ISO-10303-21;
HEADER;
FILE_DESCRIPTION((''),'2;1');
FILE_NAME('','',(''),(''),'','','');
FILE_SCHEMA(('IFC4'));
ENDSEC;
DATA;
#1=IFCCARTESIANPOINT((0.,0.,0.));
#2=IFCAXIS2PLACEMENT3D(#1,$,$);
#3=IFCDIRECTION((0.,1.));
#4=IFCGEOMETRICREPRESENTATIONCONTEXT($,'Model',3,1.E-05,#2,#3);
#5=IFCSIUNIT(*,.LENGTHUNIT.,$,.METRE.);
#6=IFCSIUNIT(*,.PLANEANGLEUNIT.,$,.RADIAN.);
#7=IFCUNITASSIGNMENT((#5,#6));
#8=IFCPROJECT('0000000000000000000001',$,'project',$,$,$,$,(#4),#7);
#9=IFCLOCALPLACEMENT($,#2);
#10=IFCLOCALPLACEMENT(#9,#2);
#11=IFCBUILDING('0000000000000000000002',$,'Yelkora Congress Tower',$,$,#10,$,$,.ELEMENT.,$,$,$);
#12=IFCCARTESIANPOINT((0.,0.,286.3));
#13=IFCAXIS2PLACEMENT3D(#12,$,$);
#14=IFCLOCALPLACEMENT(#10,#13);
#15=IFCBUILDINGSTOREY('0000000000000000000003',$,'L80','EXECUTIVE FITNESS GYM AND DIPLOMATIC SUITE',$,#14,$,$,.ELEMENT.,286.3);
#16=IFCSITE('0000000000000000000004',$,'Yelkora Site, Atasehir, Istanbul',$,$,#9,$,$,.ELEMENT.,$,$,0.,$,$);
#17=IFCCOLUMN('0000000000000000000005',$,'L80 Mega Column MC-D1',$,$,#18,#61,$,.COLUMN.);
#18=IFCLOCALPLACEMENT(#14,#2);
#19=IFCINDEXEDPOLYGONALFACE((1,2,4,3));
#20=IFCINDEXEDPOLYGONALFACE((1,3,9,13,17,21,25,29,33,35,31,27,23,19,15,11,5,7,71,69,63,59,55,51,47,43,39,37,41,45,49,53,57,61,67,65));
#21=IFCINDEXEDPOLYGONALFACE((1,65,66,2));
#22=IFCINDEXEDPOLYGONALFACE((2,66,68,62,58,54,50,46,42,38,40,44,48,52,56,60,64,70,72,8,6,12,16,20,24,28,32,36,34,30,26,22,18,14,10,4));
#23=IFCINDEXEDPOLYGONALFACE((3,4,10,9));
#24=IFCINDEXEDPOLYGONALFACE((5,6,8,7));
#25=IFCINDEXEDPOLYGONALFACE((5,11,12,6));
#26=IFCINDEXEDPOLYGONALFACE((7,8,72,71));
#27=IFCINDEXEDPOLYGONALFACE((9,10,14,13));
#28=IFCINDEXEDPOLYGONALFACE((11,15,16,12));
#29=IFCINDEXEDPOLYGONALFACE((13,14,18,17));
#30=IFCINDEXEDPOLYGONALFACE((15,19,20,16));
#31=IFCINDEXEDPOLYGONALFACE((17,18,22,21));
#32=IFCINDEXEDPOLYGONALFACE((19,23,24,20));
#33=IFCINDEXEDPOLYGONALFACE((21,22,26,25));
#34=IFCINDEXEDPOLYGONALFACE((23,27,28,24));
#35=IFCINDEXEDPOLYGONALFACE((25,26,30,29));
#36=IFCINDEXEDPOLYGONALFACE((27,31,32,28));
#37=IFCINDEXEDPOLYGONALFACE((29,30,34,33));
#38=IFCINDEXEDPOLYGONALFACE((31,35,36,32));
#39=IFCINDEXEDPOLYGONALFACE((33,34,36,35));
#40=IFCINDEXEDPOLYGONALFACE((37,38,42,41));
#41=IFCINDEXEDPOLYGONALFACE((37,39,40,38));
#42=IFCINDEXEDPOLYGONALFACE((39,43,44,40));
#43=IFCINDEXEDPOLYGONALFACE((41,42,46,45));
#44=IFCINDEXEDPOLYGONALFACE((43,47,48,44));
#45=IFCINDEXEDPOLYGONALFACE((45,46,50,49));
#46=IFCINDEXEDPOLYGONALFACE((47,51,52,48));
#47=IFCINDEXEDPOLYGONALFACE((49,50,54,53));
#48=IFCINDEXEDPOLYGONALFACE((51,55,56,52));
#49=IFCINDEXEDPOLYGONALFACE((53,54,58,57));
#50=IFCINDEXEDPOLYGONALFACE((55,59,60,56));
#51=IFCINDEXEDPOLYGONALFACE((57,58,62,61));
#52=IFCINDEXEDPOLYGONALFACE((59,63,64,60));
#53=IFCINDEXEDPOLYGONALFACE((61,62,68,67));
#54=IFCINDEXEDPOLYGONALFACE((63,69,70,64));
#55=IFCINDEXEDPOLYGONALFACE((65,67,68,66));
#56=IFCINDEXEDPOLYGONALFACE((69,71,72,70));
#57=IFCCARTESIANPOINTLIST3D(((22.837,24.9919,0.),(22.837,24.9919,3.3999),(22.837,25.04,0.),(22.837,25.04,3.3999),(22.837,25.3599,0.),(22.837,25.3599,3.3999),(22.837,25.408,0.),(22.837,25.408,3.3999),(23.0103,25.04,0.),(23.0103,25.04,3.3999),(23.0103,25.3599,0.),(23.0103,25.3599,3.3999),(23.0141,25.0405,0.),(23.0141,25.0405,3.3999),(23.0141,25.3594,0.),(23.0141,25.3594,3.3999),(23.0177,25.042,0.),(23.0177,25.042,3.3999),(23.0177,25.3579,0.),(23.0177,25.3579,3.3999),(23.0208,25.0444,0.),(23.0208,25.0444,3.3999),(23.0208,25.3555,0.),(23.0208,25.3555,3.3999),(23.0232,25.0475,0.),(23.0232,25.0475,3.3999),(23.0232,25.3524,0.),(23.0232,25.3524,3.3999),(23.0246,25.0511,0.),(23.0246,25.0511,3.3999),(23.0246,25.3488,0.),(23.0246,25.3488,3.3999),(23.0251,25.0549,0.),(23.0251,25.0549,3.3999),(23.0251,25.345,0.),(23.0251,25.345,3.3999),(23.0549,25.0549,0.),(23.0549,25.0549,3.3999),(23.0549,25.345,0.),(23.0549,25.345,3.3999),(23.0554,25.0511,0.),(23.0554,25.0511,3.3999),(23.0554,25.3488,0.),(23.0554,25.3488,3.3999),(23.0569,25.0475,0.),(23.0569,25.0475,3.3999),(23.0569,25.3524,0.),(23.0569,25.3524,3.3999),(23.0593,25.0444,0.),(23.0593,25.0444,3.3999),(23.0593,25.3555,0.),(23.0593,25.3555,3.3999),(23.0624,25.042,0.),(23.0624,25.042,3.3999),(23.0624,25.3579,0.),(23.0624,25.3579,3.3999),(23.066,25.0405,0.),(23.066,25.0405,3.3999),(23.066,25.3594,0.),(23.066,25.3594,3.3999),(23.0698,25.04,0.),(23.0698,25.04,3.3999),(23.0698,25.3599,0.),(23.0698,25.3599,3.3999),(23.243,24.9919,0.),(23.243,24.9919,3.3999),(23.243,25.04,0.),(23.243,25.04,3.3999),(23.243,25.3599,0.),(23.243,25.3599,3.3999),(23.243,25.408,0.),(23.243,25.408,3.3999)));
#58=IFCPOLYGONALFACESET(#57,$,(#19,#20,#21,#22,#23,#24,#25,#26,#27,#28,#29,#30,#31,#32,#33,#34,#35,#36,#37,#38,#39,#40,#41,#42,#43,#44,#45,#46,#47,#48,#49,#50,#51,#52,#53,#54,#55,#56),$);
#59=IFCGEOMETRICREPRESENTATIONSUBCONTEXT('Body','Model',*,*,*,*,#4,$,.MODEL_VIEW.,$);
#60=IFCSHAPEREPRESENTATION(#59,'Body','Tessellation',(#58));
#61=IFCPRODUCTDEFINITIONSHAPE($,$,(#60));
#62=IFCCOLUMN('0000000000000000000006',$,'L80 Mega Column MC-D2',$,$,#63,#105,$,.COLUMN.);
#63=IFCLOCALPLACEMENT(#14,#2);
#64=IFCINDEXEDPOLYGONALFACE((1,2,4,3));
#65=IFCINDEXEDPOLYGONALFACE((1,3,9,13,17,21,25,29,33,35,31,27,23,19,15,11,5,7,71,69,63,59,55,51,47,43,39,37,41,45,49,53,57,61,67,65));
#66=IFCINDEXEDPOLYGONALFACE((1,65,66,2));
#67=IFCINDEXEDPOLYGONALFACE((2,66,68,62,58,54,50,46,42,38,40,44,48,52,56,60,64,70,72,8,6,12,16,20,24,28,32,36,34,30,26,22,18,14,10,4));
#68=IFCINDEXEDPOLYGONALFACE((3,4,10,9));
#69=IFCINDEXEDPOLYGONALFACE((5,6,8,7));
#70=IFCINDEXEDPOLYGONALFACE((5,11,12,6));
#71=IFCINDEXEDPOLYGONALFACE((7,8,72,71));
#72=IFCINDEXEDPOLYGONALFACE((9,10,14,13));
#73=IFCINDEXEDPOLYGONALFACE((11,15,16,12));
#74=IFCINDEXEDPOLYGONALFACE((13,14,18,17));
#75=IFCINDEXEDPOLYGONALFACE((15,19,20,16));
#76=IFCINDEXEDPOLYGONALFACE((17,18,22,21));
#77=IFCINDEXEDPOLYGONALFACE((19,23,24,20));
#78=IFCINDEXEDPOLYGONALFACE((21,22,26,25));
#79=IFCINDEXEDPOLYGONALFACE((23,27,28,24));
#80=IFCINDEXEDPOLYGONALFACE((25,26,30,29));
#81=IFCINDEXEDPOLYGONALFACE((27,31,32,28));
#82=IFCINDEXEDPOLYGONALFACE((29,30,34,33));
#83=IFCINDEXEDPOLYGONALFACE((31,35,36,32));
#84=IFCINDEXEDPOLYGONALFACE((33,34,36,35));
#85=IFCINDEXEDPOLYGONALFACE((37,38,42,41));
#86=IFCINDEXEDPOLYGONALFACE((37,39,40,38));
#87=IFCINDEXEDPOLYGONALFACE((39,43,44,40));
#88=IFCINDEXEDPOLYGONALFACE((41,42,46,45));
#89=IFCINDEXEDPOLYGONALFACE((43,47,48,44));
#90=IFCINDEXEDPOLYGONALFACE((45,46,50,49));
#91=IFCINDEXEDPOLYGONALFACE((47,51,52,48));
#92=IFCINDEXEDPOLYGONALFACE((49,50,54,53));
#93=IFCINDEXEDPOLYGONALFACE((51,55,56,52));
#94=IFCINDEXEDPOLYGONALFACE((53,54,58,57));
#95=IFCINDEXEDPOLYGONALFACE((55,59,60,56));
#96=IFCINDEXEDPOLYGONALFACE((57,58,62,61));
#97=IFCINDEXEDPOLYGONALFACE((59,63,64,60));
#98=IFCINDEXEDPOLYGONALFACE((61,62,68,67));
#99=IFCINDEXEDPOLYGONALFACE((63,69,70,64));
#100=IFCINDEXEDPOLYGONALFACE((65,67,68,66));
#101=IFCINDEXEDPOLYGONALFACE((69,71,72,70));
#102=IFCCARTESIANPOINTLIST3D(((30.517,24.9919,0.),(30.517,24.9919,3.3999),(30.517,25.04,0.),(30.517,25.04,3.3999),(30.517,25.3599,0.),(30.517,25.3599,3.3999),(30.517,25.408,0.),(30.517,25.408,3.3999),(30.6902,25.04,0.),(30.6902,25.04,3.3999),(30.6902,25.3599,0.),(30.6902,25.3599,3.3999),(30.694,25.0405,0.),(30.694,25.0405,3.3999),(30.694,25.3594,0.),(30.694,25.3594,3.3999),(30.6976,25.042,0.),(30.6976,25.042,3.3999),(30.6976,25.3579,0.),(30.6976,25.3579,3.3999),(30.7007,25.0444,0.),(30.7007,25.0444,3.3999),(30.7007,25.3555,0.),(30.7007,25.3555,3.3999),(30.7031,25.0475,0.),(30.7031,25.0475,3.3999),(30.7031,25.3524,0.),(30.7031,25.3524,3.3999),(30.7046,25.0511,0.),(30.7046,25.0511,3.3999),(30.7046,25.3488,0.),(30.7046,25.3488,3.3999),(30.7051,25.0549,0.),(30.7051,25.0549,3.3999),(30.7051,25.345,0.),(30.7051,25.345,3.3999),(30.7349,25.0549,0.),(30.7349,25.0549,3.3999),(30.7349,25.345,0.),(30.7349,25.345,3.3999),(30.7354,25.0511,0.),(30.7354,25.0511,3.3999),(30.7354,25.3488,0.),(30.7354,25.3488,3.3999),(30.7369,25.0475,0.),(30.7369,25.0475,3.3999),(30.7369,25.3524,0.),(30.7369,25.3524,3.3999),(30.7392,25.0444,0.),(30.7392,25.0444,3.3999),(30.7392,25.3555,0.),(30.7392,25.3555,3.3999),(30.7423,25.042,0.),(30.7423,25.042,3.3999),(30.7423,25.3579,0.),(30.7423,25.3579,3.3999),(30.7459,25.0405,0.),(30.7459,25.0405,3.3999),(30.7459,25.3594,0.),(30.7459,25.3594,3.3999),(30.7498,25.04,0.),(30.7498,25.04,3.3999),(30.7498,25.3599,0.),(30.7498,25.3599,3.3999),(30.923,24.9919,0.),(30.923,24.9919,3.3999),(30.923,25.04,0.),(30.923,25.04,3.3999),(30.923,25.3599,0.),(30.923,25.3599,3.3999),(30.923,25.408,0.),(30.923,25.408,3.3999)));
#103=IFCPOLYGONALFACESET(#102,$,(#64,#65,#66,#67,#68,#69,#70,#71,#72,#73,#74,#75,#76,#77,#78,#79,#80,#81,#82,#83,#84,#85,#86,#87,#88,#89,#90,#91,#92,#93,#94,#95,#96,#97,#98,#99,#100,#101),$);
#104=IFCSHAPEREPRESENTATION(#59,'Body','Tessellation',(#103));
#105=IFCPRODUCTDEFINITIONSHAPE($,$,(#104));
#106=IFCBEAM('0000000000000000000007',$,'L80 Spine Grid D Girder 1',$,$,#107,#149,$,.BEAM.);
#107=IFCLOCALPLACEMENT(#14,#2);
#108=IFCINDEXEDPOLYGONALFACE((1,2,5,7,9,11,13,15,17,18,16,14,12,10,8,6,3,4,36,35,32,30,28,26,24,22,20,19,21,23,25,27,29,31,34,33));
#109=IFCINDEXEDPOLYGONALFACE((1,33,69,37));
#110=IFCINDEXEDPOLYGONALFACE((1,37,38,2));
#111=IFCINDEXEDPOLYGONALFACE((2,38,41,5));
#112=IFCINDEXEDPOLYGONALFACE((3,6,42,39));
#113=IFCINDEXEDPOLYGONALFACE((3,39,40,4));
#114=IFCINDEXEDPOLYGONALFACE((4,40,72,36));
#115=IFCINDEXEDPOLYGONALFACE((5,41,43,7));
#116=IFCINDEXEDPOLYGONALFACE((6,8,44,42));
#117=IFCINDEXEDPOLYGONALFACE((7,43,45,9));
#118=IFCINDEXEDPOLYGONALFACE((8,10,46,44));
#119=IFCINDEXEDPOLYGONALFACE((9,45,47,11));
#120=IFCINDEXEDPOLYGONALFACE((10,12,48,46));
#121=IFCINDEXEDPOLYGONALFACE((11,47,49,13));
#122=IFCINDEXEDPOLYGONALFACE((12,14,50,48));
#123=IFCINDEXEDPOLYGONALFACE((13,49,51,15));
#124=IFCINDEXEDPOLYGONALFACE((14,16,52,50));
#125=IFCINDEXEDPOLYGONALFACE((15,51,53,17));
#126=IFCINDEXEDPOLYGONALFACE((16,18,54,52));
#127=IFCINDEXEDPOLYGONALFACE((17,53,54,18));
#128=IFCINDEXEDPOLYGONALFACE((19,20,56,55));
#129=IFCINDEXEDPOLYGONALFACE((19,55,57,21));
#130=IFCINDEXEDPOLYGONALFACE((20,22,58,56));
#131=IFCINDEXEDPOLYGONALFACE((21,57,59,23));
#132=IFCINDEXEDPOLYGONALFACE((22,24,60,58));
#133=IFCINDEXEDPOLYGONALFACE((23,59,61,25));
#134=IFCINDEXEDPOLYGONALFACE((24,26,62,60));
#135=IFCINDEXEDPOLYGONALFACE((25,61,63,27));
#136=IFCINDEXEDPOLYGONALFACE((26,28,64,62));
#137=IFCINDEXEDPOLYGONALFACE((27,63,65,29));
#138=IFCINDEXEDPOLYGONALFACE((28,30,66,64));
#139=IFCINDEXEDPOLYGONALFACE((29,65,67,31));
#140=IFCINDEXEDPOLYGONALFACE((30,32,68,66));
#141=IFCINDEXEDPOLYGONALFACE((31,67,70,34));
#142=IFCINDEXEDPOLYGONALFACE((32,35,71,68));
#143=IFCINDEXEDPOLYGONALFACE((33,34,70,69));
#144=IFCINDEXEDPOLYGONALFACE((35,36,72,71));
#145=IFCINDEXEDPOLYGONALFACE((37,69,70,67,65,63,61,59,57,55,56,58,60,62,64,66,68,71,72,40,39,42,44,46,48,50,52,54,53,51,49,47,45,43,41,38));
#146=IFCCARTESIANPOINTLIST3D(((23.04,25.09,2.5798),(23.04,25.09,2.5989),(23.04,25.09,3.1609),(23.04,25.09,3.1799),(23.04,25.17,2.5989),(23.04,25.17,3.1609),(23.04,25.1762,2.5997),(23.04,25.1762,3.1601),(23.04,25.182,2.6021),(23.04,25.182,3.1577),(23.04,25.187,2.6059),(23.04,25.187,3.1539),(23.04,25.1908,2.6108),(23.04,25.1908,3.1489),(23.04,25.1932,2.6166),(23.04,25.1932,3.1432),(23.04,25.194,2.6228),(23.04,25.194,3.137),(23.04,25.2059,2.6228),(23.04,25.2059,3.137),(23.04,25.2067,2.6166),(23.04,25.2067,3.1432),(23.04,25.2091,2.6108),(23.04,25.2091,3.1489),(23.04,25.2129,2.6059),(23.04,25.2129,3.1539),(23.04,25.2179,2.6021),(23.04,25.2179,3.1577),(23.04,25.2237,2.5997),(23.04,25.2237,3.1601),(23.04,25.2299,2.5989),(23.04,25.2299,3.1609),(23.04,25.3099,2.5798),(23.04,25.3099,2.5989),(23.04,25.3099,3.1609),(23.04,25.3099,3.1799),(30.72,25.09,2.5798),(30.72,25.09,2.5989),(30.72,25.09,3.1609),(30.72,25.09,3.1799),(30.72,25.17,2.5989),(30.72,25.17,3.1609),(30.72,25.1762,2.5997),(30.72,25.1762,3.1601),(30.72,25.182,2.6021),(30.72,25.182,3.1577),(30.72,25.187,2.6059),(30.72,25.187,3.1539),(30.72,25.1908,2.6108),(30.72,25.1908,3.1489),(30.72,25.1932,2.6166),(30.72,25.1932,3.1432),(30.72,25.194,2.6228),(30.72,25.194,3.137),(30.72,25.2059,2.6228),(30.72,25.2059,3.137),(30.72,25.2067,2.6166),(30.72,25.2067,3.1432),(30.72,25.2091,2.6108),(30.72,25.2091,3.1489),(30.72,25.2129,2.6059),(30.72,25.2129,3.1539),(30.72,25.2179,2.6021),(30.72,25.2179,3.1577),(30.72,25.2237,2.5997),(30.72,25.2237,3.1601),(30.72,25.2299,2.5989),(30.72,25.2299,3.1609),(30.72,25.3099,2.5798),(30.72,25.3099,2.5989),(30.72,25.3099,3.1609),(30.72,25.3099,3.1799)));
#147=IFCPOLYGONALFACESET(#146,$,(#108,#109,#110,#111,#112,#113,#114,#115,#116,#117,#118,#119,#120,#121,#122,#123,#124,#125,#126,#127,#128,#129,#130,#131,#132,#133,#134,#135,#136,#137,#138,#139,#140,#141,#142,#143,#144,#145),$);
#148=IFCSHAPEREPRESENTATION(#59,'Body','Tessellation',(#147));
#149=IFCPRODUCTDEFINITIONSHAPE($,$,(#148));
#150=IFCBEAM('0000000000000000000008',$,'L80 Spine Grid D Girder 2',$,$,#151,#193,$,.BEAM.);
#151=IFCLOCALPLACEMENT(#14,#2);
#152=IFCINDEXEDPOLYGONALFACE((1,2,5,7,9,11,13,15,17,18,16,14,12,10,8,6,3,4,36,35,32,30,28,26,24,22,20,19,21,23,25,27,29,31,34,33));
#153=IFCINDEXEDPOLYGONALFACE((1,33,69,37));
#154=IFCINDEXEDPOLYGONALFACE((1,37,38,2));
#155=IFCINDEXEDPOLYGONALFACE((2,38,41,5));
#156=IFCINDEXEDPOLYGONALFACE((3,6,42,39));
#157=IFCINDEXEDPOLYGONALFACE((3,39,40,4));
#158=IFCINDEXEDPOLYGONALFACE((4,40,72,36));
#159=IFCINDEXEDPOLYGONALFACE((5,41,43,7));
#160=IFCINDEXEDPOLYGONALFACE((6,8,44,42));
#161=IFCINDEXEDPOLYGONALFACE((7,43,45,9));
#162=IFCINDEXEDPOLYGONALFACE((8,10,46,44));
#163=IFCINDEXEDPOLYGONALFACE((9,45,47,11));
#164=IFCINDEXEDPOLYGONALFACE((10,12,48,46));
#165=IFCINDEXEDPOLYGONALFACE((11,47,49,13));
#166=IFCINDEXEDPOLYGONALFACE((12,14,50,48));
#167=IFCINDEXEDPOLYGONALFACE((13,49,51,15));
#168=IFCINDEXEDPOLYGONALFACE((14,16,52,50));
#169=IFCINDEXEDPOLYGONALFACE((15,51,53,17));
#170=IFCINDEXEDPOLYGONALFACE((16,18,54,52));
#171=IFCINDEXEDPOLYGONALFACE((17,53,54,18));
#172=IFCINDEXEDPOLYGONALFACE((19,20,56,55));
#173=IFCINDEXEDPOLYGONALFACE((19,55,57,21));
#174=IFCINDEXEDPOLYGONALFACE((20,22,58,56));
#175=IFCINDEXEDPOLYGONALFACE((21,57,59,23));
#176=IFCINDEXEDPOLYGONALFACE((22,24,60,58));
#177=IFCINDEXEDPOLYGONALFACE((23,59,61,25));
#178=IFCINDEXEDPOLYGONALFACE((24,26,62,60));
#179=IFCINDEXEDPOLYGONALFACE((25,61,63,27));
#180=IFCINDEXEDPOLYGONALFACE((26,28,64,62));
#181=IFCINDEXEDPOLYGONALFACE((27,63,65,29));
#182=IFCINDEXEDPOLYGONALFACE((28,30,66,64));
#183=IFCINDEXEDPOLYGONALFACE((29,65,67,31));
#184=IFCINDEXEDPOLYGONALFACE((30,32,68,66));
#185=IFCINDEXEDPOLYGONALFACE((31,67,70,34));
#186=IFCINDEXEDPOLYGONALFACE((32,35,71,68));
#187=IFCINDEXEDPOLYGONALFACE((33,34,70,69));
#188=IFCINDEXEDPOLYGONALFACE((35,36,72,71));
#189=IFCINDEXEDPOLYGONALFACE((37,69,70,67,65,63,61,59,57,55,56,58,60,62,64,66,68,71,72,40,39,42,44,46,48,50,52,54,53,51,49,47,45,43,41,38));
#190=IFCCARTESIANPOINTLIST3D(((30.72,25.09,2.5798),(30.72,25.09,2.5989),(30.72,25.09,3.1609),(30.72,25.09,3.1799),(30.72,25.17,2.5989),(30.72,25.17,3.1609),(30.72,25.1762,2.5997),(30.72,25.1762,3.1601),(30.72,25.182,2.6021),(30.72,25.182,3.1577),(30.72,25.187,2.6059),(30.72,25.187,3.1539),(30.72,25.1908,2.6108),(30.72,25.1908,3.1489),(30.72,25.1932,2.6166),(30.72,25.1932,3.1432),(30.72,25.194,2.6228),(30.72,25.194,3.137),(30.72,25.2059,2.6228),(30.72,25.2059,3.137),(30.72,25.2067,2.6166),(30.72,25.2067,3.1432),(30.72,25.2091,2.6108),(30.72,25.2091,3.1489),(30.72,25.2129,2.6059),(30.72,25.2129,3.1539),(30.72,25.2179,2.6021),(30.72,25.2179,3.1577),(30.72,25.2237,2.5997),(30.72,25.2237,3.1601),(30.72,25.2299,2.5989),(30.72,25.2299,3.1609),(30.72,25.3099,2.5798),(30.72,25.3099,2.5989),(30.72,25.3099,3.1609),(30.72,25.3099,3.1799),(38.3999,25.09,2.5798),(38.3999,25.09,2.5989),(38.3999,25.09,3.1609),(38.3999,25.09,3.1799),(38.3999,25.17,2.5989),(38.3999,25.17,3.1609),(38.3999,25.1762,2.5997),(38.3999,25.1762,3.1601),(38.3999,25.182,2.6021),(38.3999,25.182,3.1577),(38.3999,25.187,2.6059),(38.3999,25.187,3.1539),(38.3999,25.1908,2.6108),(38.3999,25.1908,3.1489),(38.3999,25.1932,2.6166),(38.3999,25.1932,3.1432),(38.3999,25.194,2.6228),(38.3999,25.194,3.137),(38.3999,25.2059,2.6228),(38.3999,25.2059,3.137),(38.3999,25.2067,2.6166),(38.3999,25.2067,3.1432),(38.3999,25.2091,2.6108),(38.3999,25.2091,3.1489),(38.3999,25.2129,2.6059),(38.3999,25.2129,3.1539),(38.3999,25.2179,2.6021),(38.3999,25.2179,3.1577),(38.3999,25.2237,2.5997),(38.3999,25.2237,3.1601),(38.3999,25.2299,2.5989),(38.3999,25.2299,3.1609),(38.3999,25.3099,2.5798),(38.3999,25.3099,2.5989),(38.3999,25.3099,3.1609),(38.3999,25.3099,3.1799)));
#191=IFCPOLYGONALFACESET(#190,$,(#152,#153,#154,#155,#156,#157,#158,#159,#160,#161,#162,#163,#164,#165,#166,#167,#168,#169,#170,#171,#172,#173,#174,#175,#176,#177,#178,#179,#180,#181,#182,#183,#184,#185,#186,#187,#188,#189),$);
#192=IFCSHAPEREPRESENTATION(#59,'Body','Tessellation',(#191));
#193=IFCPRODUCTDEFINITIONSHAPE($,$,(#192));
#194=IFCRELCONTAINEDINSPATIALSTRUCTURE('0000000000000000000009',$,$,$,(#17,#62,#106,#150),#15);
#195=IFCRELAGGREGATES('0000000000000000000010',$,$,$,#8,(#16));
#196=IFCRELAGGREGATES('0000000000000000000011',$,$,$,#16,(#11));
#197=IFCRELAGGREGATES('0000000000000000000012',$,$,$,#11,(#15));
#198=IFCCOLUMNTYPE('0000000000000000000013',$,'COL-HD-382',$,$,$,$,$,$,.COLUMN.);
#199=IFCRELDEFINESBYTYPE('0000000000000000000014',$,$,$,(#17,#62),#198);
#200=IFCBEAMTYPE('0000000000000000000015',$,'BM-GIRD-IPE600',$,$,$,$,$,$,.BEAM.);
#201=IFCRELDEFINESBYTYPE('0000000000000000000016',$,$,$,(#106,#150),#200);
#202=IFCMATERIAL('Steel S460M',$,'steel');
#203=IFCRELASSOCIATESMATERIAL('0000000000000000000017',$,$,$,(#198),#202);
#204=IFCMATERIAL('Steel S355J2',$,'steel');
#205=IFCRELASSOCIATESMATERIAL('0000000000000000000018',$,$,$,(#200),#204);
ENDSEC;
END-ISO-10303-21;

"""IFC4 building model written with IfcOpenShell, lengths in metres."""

from ifc_helpers import new_model, si_unit, direction, frame, origin, origin_2d, place, context, subcontext, project, spatial, i_section, extrude, material, material_profile, profile_set, type_object, element, save


model = new_model("IFC4")

# Units and contexts
model_context = context("Model", 3, precision=1e-05, world=origin(), true_north=direction((0.0, 1.0)))
body_context = subcontext(model_context, "Body", "Model", "MODEL_VIEW")
ifc_project = project(units=[si_unit("LENGTHUNIT", "METRE"), si_unit("PLANEANGLEUNIT", "RADIAN")], contexts=[model_context])

# Site, building, storey
site_placement = place(None, origin())
site = spatial("IfcSite", under=ifc_project, at=site_placement, Name="Yelkora Site, Atasehir, Istanbul", CompositionType="ELEMENT", RefElevation=0.0)
building_placement = place(site_placement, origin())
building = spatial("IfcBuilding", under=site, at=building_placement, Name="Yelkora Congress Tower", CompositionType="ELEMENT")
storey_placement = place(building_placement, frame((0.0, 0.0, 286.3)))
storey = spatial("IfcBuildingStorey", under=building, at=storey_placement, Name="L80", Description="EXECUTIVE FITNESS GYM AND DIPLOMATIC SUITE", CompositionType="ELEMENT", Elevation=286.3)

# Columns
ifc_material_1 = material(Name="Steel S460M", Category="steel")
ifc_material_profile_1 = material_profile(ifc_material_1, i_section(OverallWidth=0.406, OverallDepth=0.416, WebThickness=0.0298, FlangeThickness=0.0481, FilletRadius=0.0149, at=origin_2d()), Name="HD 400x382")
ifc_profile_set_1 = profile_set([ifc_material_profile_1], Name="Steel S460M")
column_type = type_object("IfcColumnType", Name="COL-HD-382", PredefinedType="COLUMN", material=ifc_profile_set_1)
for number, where, z_axis, x_axis, name in (
    (1, (23.04, 25.2, 0.0), (0.0, 0.0, 1.0), (1.0, 0.0, 0.0), "L80 Mega Column MC-D1"),
    (2, (30.72, 25.2, 0.0), (0.0, 0.0, 1.0), (1.0, 0.0, 0.0), "L80 Mega Column MC-D2"),
):
    element("IfcColumn", number, at=place(storey_placement, frame(where, z_axis=z_axis, x_axis=x_axis)), inside=storey, type_object=column_type, Name=name, PredefinedType="COLUMN", context=body_context, shape_type="SweptSolid", body=[
        extrude(i_section(OverallWidth=0.406, OverallDepth=0.416, WebThickness=0.0298, FlangeThickness=0.0481, FilletRadius=0.0149, at=origin_2d()), origin(), (0.0, 0.0, 1.0), 3.3999),
    ])

# Beams
ifc_material_2 = material(Name="Steel S355J2", Category="steel")
ifc_material_profile_2 = material_profile(ifc_material_2, i_section(OverallWidth=0.22, OverallDepth=0.6001, WebThickness=0.012, FlangeThickness=0.019, FilletRadius=0.0239, at=origin_2d()), Name="IPE 600")
ifc_profile_set_2 = profile_set([ifc_material_profile_2], Name="Steel S355J2")
beam_type_1 = type_object("IfcBeamType", Name="BM-GIRD-IPE600", PredefinedType="BEAM", material=ifc_profile_set_2)
for number, where, z_axis, x_axis, name in (
    (3, (23.04, 25.2, 2.8799), (1.0, 0.0, 0.0), (0.0, 1.0, 0.0), "L80 Spine Grid D Girder 1"),
    (4, (30.72, 25.2, 2.8799), (1.0, 0.0, 0.0), (0.0, 1.0, 0.0), "L80 Spine Grid D Girder 2"),
):
    element("IfcBeam", number, at=place(storey_placement, frame(where, z_axis=z_axis, x_axis=x_axis)), inside=storey, type_object=beam_type_1, Name=name, PredefinedType="BEAM", context=body_context, shape_type="SweptSolid", body=[
        extrude(i_section(OverallWidth=0.22, OverallDepth=0.6001, WebThickness=0.012, FlangeThickness=0.019, FilletRadius=0.0239, at=origin_2d()), origin(), (0.0, 0.0, 1.0), 7.6799),
    ])

save(model, "model.ifc")
